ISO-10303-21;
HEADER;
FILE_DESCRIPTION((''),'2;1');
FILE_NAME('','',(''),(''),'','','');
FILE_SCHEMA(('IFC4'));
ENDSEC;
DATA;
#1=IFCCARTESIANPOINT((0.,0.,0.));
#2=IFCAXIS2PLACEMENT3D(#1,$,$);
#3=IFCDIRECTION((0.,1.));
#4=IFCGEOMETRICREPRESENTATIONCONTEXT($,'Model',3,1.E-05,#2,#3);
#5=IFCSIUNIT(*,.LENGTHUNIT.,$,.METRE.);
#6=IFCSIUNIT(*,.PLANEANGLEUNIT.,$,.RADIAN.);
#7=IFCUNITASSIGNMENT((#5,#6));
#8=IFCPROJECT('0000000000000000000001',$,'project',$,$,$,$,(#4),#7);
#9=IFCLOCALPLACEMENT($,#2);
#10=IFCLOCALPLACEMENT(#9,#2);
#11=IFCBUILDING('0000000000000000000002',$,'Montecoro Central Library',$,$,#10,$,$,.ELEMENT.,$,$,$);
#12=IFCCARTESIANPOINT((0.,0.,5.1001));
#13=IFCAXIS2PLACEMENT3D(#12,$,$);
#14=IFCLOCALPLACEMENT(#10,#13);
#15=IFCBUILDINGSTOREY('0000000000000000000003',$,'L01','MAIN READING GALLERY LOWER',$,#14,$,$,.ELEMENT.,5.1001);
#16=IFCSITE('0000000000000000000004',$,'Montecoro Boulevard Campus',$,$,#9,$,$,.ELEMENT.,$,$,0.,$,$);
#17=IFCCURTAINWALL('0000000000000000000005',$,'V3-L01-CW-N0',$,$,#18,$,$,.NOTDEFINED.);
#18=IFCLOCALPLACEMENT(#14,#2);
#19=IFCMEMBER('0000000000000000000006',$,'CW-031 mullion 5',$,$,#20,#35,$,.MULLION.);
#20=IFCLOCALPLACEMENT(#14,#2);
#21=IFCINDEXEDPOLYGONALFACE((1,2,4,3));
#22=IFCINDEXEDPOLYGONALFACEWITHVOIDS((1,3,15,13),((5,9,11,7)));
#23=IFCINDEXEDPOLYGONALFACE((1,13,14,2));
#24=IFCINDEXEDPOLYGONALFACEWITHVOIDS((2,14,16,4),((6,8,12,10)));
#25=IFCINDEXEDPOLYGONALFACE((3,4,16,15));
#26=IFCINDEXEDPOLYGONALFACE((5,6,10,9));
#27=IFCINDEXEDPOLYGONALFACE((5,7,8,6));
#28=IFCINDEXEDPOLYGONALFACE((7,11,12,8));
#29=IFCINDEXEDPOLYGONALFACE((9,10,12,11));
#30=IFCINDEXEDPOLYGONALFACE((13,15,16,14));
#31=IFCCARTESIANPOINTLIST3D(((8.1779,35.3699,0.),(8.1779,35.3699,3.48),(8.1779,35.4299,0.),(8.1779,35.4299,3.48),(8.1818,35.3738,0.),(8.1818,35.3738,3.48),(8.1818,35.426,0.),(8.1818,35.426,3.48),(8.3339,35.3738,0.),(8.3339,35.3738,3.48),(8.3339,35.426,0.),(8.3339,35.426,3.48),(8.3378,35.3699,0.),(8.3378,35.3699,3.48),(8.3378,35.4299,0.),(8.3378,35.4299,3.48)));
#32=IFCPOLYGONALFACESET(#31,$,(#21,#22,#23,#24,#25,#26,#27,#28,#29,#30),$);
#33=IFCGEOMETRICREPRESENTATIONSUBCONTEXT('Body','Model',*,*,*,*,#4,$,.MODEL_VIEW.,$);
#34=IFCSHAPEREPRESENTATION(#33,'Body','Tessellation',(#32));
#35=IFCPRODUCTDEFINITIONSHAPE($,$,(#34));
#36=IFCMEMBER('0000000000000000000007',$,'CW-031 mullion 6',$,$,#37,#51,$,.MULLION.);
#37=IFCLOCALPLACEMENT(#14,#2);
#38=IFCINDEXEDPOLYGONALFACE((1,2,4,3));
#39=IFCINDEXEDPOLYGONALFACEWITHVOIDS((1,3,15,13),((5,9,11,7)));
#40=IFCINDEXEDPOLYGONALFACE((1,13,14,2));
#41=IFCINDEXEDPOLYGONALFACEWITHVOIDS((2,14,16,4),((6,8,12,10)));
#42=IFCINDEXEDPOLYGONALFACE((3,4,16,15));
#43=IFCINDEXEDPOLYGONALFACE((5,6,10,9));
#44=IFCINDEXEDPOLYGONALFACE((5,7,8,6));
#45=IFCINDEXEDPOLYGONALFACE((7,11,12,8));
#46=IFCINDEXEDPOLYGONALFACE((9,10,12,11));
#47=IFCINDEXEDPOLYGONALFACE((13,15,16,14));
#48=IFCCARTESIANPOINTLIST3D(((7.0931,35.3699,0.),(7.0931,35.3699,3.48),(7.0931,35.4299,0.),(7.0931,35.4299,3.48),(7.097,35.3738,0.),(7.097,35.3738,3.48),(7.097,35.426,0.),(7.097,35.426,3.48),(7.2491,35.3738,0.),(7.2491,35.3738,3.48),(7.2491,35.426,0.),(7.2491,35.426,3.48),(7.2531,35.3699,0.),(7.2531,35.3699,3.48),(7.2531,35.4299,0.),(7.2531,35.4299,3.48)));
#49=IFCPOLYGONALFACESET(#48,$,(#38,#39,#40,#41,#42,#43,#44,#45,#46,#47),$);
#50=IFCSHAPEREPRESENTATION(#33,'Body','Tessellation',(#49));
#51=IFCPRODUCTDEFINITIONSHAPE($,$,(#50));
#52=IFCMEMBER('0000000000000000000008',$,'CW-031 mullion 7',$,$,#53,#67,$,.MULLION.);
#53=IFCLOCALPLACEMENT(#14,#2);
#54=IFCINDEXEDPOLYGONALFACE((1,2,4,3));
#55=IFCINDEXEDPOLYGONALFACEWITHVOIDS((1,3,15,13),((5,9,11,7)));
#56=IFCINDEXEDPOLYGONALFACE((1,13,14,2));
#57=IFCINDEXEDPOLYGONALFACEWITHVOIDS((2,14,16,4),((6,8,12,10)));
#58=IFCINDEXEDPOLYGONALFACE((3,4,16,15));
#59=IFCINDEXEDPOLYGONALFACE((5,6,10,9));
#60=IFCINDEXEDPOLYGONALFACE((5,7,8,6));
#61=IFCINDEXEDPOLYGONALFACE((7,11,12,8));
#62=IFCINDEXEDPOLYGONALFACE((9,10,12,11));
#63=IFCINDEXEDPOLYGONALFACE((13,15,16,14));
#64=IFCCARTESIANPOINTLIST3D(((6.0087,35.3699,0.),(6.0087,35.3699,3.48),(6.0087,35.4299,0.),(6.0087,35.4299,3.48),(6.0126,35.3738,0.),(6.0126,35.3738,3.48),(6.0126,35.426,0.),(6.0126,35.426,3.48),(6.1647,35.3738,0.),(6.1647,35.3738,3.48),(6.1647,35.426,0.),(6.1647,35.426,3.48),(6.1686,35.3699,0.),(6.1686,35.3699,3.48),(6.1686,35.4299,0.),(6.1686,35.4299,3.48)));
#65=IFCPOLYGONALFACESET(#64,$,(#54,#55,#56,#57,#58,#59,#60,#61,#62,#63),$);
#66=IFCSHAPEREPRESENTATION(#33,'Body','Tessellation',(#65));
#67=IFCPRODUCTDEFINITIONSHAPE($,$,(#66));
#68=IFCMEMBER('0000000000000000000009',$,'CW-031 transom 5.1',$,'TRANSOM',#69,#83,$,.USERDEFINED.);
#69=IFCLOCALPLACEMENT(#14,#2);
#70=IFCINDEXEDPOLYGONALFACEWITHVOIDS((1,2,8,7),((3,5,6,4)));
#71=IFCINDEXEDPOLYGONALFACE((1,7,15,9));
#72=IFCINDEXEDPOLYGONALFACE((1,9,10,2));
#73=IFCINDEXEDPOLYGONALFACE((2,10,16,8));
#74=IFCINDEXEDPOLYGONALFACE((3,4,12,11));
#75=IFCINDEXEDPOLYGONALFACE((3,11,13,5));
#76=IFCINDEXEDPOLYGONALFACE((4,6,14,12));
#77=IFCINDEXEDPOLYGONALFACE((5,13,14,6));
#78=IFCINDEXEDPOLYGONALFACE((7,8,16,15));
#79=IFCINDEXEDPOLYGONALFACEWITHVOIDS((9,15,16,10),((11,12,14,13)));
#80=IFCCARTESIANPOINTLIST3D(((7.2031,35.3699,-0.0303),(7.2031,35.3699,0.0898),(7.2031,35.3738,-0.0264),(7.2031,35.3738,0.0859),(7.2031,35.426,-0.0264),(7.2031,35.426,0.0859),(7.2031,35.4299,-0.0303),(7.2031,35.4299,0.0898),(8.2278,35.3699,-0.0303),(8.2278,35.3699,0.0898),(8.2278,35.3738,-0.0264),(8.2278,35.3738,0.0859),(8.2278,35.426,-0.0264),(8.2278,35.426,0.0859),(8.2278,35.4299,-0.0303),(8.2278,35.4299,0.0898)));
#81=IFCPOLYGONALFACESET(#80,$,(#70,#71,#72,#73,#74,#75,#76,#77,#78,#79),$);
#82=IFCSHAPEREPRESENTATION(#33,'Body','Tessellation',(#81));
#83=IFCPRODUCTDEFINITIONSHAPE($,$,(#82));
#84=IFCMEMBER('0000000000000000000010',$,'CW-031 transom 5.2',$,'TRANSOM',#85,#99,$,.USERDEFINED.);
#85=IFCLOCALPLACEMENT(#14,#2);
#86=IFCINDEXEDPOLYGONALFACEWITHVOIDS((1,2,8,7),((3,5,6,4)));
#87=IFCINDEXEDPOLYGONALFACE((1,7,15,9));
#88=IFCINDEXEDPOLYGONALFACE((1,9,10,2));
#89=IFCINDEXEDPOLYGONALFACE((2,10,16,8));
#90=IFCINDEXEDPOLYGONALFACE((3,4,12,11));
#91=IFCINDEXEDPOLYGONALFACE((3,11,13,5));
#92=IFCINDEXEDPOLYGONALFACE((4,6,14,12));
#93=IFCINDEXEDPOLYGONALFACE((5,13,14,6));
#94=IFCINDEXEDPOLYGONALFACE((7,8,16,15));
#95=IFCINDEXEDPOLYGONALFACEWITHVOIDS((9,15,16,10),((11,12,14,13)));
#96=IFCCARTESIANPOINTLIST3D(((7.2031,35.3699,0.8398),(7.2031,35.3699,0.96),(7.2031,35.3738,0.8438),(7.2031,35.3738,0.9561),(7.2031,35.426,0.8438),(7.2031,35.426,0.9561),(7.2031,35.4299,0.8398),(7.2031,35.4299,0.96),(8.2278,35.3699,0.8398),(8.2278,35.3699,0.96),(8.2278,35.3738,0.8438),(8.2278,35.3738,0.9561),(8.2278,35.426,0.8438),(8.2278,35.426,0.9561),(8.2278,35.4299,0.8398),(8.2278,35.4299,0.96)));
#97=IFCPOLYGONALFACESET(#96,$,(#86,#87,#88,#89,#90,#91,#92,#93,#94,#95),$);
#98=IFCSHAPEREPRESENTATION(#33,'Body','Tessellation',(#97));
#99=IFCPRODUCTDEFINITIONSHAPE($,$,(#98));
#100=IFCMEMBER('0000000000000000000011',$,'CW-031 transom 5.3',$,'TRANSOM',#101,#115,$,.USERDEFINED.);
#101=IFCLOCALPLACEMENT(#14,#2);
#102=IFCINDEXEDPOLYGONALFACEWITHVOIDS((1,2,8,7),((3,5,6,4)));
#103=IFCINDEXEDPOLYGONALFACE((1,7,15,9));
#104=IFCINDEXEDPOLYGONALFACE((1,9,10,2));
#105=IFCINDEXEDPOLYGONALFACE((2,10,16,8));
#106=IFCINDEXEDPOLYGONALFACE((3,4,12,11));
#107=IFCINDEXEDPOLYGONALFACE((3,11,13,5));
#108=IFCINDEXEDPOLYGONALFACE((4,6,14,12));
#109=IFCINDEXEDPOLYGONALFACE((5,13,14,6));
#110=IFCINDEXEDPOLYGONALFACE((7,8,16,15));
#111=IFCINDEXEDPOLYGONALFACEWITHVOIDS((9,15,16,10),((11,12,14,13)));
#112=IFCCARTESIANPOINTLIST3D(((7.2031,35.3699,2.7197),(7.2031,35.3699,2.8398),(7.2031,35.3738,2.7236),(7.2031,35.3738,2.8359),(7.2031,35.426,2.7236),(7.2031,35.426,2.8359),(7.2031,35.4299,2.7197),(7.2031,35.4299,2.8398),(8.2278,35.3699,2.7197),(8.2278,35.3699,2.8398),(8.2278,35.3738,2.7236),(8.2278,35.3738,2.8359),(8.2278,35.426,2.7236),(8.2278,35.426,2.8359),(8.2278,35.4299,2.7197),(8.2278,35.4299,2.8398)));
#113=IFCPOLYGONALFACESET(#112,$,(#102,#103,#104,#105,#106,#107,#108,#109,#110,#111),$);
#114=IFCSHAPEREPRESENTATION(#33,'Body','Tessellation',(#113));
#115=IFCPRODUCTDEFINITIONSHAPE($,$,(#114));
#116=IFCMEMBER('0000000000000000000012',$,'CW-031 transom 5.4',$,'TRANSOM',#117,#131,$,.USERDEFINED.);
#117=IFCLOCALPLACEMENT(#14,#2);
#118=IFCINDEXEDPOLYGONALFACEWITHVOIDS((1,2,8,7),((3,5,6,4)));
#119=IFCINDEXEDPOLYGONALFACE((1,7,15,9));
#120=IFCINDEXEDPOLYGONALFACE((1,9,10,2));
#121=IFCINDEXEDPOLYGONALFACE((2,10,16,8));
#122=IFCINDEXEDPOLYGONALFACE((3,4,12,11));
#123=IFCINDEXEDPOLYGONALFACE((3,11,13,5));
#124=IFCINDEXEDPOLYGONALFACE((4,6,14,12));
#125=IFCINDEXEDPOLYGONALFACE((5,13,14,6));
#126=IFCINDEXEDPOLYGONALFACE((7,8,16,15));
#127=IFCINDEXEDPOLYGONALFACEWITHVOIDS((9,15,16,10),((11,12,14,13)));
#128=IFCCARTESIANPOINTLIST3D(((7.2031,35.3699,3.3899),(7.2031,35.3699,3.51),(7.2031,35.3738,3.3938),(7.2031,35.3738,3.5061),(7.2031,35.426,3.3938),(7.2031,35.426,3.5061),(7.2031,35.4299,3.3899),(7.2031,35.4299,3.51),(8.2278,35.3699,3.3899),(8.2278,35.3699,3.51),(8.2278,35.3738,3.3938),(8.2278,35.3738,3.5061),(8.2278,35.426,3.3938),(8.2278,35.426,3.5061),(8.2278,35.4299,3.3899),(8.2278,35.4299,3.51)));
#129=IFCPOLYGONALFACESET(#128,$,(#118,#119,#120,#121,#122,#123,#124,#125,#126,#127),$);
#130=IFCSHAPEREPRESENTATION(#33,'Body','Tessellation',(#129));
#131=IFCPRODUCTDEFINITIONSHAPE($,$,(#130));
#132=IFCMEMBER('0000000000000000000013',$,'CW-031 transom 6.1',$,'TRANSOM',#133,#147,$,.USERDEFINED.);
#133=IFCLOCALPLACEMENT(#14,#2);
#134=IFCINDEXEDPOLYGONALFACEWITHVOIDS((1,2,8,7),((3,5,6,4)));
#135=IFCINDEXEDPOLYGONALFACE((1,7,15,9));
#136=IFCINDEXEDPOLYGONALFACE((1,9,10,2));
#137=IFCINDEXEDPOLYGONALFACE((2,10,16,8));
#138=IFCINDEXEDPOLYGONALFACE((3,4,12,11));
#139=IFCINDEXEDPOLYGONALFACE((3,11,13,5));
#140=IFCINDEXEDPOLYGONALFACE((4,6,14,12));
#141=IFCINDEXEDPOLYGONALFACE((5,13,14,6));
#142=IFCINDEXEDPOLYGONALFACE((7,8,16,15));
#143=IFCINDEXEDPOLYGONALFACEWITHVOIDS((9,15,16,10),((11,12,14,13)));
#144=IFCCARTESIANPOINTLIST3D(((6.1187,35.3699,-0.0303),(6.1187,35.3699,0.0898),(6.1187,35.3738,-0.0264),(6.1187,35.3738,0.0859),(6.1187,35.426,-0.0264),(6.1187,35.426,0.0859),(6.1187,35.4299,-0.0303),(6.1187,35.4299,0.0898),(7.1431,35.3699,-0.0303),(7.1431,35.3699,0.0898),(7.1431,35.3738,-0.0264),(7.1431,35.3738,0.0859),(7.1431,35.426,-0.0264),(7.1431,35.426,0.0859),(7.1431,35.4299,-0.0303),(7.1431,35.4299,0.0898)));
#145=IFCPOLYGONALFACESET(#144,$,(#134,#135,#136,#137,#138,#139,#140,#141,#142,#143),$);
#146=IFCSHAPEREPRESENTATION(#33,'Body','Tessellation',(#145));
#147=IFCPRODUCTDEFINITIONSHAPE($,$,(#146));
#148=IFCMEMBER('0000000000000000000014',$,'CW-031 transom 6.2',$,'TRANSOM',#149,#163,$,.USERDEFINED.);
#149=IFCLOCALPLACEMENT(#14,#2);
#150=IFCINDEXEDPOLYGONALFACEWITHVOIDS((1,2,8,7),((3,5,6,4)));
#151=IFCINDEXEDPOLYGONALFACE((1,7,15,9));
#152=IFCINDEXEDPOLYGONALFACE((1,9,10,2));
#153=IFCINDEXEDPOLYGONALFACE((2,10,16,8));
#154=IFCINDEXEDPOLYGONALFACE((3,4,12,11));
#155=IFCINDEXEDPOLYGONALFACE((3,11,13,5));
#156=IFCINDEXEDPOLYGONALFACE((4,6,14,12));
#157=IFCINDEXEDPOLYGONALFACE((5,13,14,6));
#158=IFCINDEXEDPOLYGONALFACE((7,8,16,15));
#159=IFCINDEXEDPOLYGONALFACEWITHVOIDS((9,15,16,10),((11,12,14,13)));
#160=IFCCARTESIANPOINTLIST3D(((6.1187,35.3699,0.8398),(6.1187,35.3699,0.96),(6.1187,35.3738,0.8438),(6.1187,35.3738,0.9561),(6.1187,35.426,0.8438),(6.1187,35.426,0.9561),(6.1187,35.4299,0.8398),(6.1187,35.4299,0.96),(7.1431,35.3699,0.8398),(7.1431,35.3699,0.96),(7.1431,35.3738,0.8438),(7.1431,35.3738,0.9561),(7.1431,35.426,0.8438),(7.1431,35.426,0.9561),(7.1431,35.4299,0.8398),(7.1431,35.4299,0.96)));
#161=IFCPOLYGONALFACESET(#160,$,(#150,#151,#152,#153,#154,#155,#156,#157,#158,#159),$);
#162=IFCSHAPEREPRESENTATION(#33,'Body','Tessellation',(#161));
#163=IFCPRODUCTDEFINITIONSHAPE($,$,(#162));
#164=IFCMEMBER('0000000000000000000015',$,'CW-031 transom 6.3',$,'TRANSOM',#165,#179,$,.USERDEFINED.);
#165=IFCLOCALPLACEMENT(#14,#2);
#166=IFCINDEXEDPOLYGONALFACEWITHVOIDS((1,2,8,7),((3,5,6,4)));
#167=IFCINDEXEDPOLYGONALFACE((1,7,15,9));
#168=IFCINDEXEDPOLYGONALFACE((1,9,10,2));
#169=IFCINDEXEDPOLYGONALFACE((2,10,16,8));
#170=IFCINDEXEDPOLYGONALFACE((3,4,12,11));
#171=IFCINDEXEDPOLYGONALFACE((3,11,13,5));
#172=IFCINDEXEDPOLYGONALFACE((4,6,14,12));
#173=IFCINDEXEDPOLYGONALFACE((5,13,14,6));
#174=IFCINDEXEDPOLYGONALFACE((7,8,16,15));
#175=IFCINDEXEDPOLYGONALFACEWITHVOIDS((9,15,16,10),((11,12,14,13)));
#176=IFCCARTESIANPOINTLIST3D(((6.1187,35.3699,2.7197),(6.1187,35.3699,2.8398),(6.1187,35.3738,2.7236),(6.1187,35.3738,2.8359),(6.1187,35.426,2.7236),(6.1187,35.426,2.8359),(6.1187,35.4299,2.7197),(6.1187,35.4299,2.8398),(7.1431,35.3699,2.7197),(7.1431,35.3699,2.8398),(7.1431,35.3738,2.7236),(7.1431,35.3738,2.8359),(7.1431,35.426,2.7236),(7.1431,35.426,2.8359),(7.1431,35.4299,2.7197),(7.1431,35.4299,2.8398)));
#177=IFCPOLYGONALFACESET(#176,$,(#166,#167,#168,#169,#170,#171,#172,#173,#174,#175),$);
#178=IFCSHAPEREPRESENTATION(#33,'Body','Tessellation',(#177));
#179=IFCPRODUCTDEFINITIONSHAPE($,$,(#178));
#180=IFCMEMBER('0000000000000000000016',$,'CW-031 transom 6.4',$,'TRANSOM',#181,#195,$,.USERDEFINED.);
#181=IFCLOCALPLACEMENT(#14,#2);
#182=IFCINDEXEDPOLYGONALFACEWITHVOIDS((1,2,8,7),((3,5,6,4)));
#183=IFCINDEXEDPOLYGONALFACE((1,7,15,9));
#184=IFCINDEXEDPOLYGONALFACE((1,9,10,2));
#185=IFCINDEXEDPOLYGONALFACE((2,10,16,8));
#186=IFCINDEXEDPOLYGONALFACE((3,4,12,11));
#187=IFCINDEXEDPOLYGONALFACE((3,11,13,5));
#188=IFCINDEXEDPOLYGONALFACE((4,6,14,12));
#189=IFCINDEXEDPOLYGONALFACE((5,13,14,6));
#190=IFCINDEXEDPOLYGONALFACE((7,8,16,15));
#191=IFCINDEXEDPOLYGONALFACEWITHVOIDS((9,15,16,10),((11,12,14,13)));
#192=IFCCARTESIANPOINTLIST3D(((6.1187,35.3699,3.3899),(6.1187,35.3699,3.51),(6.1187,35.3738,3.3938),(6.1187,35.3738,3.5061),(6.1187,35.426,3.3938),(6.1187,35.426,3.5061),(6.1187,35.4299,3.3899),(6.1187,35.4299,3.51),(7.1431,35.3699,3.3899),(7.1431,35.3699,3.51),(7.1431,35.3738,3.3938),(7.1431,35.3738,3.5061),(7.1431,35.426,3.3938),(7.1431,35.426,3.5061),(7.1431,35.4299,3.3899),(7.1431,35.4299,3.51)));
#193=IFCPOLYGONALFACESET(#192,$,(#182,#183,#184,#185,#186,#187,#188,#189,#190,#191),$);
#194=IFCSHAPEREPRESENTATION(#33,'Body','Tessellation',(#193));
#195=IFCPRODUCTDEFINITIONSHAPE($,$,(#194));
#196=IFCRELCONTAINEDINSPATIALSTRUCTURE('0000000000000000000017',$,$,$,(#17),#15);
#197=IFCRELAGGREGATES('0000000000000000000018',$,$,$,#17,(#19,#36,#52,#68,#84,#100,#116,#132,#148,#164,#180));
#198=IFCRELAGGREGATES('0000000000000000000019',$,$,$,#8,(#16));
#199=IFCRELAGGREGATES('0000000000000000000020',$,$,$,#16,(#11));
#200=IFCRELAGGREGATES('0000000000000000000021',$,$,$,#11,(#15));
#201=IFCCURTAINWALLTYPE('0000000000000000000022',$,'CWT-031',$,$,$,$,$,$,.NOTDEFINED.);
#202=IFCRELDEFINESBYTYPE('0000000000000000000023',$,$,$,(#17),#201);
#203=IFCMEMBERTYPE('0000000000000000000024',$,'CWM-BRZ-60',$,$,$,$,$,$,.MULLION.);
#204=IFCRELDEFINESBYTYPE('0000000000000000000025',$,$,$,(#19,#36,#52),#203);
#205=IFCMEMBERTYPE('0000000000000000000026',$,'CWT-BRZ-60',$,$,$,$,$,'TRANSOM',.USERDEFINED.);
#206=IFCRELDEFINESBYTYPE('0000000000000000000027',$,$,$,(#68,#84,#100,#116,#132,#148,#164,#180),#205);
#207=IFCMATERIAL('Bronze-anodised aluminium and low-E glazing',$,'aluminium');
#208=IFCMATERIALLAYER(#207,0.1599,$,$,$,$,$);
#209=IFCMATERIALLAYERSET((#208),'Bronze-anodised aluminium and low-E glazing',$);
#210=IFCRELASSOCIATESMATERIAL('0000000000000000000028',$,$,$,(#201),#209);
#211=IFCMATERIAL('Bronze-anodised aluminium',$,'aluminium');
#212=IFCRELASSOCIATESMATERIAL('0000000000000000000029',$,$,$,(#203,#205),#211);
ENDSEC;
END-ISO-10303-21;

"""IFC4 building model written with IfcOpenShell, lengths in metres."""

from ifc_helpers import new_model, si_unit, direction, frame, origin, origin_2d, place, context, subcontext, project, spatial, hollow_rectangle, extrude, material, layer, layer_set, material_profile, profile_set, type_object, element, aggregate, save


model = new_model("IFC4")

# Units and contexts
model_context = context("Model", 3, precision=1e-05, world=origin(), true_north=direction((0.0, 1.0)))
body_context = subcontext(model_context, "Body", "Model", "MODEL_VIEW")
ifc_project = project(units=[si_unit("LENGTHUNIT", "METRE"), si_unit("PLANEANGLEUNIT", "RADIAN")], contexts=[model_context])

# Site, building, storey
site_placement = place(None, origin())
site = spatial("IfcSite", under=ifc_project, at=site_placement, Name="Montecoro Boulevard Campus", CompositionType="ELEMENT", RefElevation=0.0)
building_placement = place(site_placement, origin())
building = spatial("IfcBuilding", under=site, at=building_placement, Name="Montecoro Central Library", CompositionType="ELEMENT")
storey_placement = place(building_placement, frame((0.0, 0.0, 5.1001)))
storey = spatial("IfcBuildingStorey", under=building, at=storey_placement, Name="L01", Description="MAIN READING GALLERY LOWER", CompositionType="ELEMENT", Elevation=5.1001)

# Curtain wall, members
ifc_material_1 = material(Name="Bronze-anodised aluminium and low-E glazing", Category="aluminium")
ifc_layer_1 = layer(ifc_material_1, 0.1599)
ifc_layer_set_1 = layer_set([ifc_layer_1], Name="Bronze-anodised aluminium and low-E glazing")
curtain_wall_type = type_object("IfcCurtainWallType", Name="CWT-031", PredefinedType="NOTDEFINED", material=ifc_layer_set_1)
curtain_wall_placement = place(storey_placement, origin())
curtain_wall = element("IfcCurtainWall", 1, at=curtain_wall_placement, inside=storey, type_object=curtain_wall_type, Name="V3-L01-CW-N0", PredefinedType="NOTDEFINED")
ifc_material_2 = material(Name="Bronze-anodised aluminium", Category="aluminium")
ifc_material_profile_1 = material_profile(ifc_material_2, hollow_rectangle(XDim=0.0601, YDim=0.1599, WallThickness=0.0039, at=origin_2d()), Name="CWM 160x60x4.0")
ifc_profile_set_1 = profile_set([ifc_material_profile_1], Name="Bronze-anodised aluminium")
member_type_1 = type_object("IfcMemberType", Name="CWM-BRZ-60", PredefinedType="MULLION", material=ifc_profile_set_1)
member_1_placement = place(storey_placement, frame((8.2578, 35.3999, 0.0), z_axis=(0.0, 0.0, 1.0), x_axis=(0.0, -1.0, 0.0)))
member_1 = element("IfcMember", 2, at=member_1_placement, type_object=member_type_1, Name="CW-031 mullion 5", PredefinedType="MULLION", context=body_context, shape_type="SweptSolid", body=[
    extrude(hollow_rectangle(XDim=0.0601, YDim=0.1599, WallThickness=0.0039, at=origin_2d()), origin(), (0.0, 0.0, 1.0), 3.48),
])
member_2_placement = place(storey_placement, frame((7.1731, 35.3999, 0.0), z_axis=(0.0, 0.0, 1.0), x_axis=(0.0, -1.0, 0.0)))
member_2 = element("IfcMember", 3, at=member_2_placement, type_object=member_type_1, Name="CW-031 mullion 6", PredefinedType="MULLION", context=body_context, shape_type="SweptSolid", body=[
    extrude(hollow_rectangle(XDim=0.0601, YDim=0.1599, WallThickness=0.0039, at=origin_2d()), origin(), (0.0, 0.0, 1.0), 3.48),
])
member_3_placement = place(storey_placement, frame((6.0886, 35.3999, 0.0), z_axis=(0.0, 0.0, 1.0), x_axis=(0.0, -1.0, 0.0)))
member_3 = element("IfcMember", 4, at=member_3_placement, type_object=member_type_1, Name="CW-031 mullion 7", PredefinedType="MULLION", context=body_context, shape_type="SweptSolid", body=[
    extrude(hollow_rectangle(XDim=0.0601, YDim=0.1599, WallThickness=0.0039, at=origin_2d()), origin(), (0.0, 0.0, 1.0), 3.48),
])
ifc_material_profile_2 = material_profile(ifc_material_2, hollow_rectangle(XDim=0.0601, YDim=0.1201, WallThickness=0.0039, at=origin_2d()), Name="CWT 120x60x4.0")
ifc_profile_set_2 = profile_set([ifc_material_profile_2], Name="Bronze-anodised aluminium")
member_type_2 = type_object("IfcMemberType", Name="CWT-BRZ-60", ElementType="TRANSOM", PredefinedType="USERDEFINED", material=ifc_profile_set_2)
member_4_placement = place(storey_placement, frame((8.2278, 35.3999, 0.0298), z_axis=(-1.0, 0.0, 0.0), x_axis=(0.0, -1.0, 0.0)))
member_4 = element("IfcMember", 5, at=member_4_placement, type_object=member_type_2, Name="CW-031 transom 5.1", ObjectType="TRANSOM", PredefinedType="USERDEFINED", context=body_context, shape_type="SweptSolid", body=[
    extrude(hollow_rectangle(XDim=0.0601, YDim=0.1201, WallThickness=0.0039, at=origin_2d()), origin(), (0.0, 0.0, 1.0), 1.0247),
])
member_5_placement = place(storey_placement, frame((8.2278, 35.3999, 0.8999), z_axis=(-1.0, 0.0, 0.0), x_axis=(0.0, -1.0, 0.0)))
member_5 = element("IfcMember", 6, at=member_5_placement, type_object=member_type_2, Name="CW-031 transom 5.2", ObjectType="TRANSOM", PredefinedType="USERDEFINED", context=body_context, shape_type="SweptSolid", body=[
    extrude(hollow_rectangle(XDim=0.0601, YDim=0.1201, WallThickness=0.0039, at=origin_2d()), origin(), (0.0, 0.0, 1.0), 1.0247),
])
member_6_placement = place(storey_placement, frame((8.2278, 35.3999, 2.7798), z_axis=(-1.0, 0.0, 0.0), x_axis=(0.0, -1.0, 0.0)))
member_6 = element("IfcMember", 7, at=member_6_placement, type_object=member_type_2, Name="CW-031 transom 5.3", ObjectType="TRANSOM", PredefinedType="USERDEFINED", context=body_context, shape_type="SweptSolid", body=[
    extrude(hollow_rectangle(XDim=0.0601, YDim=0.1201, WallThickness=0.0039, at=origin_2d()), origin(), (0.0, 0.0, 1.0), 1.0247),
])
member_7_placement = place(storey_placement, frame((8.2278, 35.3999, 3.45), z_axis=(-1.0, 0.0, 0.0), x_axis=(0.0, -1.0, 0.0)))
member_7 = element("IfcMember", 8, at=member_7_placement, type_object=member_type_2, Name="CW-031 transom 5.4", ObjectType="TRANSOM", PredefinedType="USERDEFINED", context=body_context, shape_type="SweptSolid", body=[
    extrude(hollow_rectangle(XDim=0.0601, YDim=0.1201, WallThickness=0.0039, at=origin_2d()), origin(), (0.0, 0.0, 1.0), 1.0247),
])
member_8_placement = place(storey_placement, frame((7.1431, 35.3999, 0.0298), z_axis=(-1.0, 0.0, 0.0), x_axis=(0.0, -1.0, 0.0)))
member_8 = element("IfcMember", 9, at=member_8_placement, type_object=member_type_2, Name="CW-031 transom 6.1", ObjectType="TRANSOM", PredefinedType="USERDEFINED", context=body_context, shape_type="SweptSolid", body=[
    extrude(hollow_rectangle(XDim=0.0601, YDim=0.1201, WallThickness=0.0039, at=origin_2d()), origin(), (0.0, 0.0, 1.0), 1.0244),
])
member_9_placement = place(storey_placement, frame((7.1431, 35.3999, 0.8999), z_axis=(-1.0, 0.0, 0.0), x_axis=(0.0, -1.0, 0.0)))
member_9 = element("IfcMember", 10, at=member_9_placement, type_object=member_type_2, Name="CW-031 transom 6.2", ObjectType="TRANSOM", PredefinedType="USERDEFINED", context=body_context, shape_type="SweptSolid", body=[
    extrude(hollow_rectangle(XDim=0.0601, YDim=0.1201, WallThickness=0.0039, at=origin_2d()), origin(), (0.0, 0.0, 1.0), 1.0244),
])
member_10_placement = place(storey_placement, frame((7.1431, 35.3999, 2.7798), z_axis=(-1.0, 0.0, 0.0), x_axis=(0.0, -1.0, 0.0)))
member_10 = element("IfcMember", 11, at=member_10_placement, type_object=member_type_2, Name="CW-031 transom 6.3", ObjectType="TRANSOM", PredefinedType="USERDEFINED", context=body_context, shape_type="SweptSolid", body=[
    extrude(hollow_rectangle(XDim=0.0601, YDim=0.1201, WallThickness=0.0039, at=origin_2d()), origin(), (0.0, 0.0, 1.0), 1.0244),
])
member_11_placement = place(storey_placement, frame((7.1431, 35.3999, 3.45), z_axis=(-1.0, 0.0, 0.0), x_axis=(0.0, -1.0, 0.0)))
member_11 = element("IfcMember", 12, at=member_11_placement, type_object=member_type_2, Name="CW-031 transom 6.4", ObjectType="TRANSOM", PredefinedType="USERDEFINED", context=body_context, shape_type="SweptSolid", body=[
    extrude(hollow_rectangle(XDim=0.0601, YDim=0.1201, WallThickness=0.0039, at=origin_2d()), origin(), (0.0, 0.0, 1.0), 1.0244),
])
aggregate(curtain_wall, [member_1, member_2, member_3, member_4, member_5, member_6, member_7, member_8, member_9, member_10, member_11])

save(model, "model.ifc")
